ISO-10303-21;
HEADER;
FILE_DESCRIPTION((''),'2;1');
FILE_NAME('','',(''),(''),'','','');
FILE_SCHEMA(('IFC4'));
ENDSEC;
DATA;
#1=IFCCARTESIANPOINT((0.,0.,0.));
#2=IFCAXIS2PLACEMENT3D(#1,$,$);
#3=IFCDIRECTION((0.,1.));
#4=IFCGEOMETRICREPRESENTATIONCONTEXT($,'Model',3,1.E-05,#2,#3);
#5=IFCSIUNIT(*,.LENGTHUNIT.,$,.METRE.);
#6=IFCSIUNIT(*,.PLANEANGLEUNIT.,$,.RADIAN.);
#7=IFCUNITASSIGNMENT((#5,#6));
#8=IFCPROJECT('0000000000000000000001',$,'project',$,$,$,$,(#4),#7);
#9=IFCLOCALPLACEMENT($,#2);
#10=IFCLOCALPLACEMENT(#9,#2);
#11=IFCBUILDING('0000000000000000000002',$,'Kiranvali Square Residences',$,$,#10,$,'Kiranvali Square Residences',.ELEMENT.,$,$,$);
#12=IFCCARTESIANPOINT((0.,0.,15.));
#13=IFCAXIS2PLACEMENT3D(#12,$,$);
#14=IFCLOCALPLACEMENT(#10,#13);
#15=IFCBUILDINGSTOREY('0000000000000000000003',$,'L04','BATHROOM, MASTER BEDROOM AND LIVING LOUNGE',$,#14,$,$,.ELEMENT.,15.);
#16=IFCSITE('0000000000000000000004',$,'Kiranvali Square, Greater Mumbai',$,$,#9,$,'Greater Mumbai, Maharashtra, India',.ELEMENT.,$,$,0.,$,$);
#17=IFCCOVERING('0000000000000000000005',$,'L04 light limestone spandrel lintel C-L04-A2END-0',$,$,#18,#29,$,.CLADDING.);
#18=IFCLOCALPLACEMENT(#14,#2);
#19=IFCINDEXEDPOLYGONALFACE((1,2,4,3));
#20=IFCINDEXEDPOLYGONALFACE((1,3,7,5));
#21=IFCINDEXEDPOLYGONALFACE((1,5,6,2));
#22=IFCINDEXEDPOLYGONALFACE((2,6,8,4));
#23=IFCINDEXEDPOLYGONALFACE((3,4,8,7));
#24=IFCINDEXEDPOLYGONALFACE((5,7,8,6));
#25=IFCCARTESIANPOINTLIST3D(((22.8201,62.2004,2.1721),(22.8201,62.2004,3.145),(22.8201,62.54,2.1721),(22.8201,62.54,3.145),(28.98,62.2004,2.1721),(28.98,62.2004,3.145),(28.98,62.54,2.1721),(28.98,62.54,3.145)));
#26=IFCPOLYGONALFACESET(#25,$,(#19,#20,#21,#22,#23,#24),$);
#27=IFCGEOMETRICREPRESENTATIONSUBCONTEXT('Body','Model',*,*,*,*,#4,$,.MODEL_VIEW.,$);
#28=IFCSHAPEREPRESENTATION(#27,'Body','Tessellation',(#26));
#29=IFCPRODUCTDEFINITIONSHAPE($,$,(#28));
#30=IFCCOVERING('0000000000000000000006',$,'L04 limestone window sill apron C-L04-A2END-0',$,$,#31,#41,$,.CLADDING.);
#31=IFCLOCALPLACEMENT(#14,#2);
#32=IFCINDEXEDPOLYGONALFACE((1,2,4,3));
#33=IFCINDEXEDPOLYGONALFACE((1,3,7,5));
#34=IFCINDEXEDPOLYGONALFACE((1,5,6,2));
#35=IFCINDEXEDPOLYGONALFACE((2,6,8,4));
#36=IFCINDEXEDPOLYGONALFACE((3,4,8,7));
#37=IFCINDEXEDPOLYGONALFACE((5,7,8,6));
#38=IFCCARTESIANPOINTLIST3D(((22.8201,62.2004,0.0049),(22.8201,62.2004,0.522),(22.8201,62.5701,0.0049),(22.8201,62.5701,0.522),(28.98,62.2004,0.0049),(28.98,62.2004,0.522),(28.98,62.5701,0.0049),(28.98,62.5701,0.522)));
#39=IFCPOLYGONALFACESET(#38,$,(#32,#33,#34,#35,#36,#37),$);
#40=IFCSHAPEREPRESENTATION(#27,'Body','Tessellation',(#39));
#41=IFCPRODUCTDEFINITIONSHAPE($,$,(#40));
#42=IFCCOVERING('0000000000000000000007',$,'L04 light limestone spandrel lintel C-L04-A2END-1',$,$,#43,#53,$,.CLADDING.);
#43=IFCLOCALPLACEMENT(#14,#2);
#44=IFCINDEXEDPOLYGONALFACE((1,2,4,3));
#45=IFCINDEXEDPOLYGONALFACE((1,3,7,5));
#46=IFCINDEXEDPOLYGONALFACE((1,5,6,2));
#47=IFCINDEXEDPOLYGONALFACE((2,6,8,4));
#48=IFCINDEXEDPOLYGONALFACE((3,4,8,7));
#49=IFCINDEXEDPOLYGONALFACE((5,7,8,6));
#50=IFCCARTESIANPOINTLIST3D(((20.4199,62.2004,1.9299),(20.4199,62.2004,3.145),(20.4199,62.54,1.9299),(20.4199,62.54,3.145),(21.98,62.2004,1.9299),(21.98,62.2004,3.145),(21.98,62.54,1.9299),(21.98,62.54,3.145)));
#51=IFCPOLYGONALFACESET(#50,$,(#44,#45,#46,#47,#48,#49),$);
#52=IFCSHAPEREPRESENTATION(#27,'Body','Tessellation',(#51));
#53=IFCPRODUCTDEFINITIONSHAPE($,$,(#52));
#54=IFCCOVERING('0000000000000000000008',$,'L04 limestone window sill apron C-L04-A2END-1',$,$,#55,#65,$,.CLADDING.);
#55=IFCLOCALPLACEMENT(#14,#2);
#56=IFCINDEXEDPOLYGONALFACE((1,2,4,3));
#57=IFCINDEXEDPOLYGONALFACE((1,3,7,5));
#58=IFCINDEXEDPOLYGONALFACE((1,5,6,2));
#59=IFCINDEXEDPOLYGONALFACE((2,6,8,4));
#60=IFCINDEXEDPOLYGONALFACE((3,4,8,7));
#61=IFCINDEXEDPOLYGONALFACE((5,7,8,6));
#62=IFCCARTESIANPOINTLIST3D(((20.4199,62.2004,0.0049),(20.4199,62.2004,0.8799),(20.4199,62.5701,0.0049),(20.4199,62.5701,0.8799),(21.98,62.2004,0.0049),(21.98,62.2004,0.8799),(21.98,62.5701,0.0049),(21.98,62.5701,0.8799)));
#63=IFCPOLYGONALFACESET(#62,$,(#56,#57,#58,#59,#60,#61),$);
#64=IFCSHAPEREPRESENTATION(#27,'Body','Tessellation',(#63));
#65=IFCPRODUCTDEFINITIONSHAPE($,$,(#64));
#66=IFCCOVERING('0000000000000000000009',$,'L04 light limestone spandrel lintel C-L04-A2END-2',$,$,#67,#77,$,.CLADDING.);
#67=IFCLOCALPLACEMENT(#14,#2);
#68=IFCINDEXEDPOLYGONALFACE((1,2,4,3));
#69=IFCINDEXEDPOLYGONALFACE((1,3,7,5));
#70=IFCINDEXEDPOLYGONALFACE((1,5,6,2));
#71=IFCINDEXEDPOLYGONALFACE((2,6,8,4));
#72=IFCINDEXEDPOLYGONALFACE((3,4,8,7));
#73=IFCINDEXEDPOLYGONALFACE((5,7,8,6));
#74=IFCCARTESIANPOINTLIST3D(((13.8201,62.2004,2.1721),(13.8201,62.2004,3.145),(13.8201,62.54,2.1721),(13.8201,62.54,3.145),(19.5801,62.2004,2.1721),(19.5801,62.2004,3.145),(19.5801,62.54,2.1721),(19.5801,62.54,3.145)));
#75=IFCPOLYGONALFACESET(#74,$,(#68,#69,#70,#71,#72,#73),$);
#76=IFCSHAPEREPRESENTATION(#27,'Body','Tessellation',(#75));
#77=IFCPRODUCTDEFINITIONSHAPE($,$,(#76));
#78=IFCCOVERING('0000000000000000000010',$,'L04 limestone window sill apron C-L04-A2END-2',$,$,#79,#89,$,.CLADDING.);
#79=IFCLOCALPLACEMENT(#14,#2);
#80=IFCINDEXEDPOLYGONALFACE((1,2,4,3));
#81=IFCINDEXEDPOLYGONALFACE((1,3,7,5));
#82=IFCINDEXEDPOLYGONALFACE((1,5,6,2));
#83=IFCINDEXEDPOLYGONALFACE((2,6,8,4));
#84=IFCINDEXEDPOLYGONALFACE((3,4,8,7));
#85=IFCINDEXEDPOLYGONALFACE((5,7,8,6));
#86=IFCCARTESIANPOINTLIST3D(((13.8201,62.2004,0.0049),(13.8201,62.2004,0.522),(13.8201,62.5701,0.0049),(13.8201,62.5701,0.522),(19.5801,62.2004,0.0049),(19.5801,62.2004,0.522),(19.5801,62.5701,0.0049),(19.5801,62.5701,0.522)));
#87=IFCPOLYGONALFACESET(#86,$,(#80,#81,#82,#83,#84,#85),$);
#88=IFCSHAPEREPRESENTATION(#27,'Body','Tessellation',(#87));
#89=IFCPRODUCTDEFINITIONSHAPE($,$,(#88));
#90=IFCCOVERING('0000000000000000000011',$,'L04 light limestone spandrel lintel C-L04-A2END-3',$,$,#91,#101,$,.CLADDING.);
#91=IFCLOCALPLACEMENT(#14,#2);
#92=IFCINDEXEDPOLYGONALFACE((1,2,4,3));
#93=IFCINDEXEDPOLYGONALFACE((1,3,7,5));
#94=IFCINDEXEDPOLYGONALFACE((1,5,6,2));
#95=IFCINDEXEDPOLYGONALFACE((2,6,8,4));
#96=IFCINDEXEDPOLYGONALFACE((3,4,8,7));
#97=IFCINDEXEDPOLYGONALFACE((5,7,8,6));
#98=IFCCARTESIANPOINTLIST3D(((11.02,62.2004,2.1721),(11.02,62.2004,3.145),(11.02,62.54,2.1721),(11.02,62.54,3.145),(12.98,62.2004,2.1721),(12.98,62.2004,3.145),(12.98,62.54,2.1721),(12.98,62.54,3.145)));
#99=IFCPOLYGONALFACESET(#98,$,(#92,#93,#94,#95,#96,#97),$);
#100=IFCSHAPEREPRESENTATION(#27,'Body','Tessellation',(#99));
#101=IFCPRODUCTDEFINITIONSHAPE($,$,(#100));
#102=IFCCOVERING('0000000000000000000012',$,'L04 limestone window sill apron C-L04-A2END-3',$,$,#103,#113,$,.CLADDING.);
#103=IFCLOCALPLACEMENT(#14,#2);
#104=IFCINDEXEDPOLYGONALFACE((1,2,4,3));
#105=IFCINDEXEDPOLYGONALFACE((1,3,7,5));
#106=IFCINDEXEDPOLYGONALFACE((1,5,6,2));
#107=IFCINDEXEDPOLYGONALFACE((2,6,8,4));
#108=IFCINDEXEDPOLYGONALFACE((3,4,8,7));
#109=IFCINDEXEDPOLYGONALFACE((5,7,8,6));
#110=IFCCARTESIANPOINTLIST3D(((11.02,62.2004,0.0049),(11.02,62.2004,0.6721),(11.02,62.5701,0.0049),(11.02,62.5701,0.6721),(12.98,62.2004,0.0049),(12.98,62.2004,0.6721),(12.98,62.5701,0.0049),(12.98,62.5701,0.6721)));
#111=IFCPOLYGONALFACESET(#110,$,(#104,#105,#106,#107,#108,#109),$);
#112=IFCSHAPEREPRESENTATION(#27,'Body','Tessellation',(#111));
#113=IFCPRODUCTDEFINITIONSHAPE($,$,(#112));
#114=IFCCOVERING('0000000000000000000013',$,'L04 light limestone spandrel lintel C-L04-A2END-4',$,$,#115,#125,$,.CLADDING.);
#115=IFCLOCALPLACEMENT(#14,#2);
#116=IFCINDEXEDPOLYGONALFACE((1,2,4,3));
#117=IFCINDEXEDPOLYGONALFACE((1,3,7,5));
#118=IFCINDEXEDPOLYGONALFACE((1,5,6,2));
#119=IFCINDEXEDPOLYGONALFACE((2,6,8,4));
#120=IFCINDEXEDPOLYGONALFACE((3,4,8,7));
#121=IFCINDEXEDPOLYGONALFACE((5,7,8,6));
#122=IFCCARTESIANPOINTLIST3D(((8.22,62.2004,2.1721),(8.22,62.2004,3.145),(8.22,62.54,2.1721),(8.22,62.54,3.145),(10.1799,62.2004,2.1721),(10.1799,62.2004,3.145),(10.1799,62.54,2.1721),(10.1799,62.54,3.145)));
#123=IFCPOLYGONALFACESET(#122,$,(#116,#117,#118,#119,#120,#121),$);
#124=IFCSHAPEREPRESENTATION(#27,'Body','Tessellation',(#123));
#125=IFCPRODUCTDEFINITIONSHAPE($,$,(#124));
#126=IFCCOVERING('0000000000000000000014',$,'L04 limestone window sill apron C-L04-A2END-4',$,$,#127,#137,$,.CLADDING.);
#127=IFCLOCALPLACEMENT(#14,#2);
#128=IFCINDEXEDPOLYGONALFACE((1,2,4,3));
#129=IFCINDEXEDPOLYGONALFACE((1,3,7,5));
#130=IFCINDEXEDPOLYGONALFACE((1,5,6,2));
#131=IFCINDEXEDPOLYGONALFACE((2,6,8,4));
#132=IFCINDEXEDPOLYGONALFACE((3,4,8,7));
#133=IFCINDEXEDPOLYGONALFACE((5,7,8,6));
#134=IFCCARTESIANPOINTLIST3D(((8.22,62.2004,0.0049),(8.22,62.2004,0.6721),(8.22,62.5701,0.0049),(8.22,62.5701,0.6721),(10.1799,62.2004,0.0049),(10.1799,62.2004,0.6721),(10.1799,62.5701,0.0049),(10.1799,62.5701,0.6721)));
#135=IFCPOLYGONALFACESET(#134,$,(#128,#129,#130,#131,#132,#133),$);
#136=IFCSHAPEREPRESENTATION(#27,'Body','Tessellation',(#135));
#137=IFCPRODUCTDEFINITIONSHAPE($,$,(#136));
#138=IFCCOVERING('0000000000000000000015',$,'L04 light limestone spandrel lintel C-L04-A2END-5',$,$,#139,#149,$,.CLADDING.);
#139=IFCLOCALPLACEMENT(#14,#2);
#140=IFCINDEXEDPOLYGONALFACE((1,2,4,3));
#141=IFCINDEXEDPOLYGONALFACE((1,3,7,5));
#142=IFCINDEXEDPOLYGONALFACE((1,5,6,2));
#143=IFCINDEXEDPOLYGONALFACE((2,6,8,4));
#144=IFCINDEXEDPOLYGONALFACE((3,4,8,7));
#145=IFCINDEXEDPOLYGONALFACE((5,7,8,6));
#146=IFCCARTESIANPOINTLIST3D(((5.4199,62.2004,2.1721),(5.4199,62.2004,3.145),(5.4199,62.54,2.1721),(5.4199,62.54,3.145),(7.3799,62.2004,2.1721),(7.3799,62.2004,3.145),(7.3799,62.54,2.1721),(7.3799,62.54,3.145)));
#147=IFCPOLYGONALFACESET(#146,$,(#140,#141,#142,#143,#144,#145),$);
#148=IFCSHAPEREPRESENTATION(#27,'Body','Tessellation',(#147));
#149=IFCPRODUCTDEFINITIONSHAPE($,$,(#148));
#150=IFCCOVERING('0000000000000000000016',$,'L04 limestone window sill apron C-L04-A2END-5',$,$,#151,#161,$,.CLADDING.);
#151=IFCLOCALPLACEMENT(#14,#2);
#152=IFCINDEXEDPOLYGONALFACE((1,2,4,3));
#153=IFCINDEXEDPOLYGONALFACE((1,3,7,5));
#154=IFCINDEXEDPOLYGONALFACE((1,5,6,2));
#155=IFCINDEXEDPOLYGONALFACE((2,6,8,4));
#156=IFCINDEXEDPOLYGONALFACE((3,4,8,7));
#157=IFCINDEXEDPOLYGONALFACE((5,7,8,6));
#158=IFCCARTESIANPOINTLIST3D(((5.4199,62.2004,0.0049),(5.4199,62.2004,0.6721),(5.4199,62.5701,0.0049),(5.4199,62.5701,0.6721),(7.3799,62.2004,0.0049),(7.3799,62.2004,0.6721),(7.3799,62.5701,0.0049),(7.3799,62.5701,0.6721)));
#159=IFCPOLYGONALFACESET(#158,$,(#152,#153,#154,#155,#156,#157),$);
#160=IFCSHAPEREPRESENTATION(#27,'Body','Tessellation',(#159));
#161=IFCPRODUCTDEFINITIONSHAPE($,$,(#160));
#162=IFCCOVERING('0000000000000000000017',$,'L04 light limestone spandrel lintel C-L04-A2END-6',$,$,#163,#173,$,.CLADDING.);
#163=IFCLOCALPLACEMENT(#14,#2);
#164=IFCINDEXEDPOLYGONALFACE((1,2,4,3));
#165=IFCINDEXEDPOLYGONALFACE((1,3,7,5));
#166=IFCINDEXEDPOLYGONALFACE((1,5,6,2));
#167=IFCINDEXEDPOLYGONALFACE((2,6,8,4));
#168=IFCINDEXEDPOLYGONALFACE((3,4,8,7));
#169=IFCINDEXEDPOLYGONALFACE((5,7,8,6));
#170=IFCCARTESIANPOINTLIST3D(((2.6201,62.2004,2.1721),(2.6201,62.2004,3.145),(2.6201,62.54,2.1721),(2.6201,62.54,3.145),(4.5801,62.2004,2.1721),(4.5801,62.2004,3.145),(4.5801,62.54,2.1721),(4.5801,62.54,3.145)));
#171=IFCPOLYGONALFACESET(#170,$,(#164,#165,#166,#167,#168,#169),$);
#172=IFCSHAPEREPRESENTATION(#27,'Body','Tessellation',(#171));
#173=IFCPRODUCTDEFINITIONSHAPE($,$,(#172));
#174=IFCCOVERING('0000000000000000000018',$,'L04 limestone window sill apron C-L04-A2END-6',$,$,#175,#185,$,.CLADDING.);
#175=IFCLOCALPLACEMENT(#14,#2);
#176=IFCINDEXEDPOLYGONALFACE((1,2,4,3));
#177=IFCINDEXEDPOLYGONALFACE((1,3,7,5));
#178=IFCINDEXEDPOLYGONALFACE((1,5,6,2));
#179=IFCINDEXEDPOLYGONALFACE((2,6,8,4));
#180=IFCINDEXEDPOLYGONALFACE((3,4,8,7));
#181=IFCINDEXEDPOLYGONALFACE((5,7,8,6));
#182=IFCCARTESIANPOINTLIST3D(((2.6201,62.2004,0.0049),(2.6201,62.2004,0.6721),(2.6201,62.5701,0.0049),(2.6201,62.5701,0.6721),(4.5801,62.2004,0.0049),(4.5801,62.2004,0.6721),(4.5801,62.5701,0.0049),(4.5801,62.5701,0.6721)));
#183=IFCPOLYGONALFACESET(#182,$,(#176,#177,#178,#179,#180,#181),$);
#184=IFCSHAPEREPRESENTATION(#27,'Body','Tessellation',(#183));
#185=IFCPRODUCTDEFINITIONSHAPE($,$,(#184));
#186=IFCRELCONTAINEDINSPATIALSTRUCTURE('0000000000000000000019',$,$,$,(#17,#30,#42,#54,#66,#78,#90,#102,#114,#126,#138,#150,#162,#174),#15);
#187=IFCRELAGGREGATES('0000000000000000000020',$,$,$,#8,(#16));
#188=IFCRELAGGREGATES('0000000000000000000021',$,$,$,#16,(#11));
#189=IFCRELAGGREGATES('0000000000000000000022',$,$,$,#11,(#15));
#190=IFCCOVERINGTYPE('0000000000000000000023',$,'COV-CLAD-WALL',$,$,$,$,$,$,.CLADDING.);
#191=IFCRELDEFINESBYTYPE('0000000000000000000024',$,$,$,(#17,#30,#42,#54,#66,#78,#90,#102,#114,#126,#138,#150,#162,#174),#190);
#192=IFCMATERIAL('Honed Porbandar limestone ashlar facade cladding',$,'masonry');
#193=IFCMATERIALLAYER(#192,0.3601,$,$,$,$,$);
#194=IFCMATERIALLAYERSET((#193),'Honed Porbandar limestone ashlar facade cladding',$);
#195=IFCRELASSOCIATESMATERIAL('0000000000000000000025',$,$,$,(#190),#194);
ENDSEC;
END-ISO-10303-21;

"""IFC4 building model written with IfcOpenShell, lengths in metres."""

from ifc_helpers import new_model, si_unit, direction, frame, origin, place, context, subcontext, project, spatial, polyline, outline, extrude, material, layer, layer_set, type_object, element, save


model = new_model("IFC4")

# Units and contexts
model_context = context("Model", 3, precision=1e-05, world=origin(), true_north=direction((0.0, 1.0)))
body_context = subcontext(model_context, "Body", "Model", "MODEL_VIEW")
ifc_project = project(units=[si_unit("LENGTHUNIT", "METRE"), si_unit("PLANEANGLEUNIT", "RADIAN")], contexts=[model_context])

# Site, building, storey
site_placement = place(None, origin())
site = spatial("IfcSite", under=ifc_project, at=site_placement, Name="Kiranvali Square, Greater Mumbai", LongName="Greater Mumbai, Maharashtra, India", CompositionType="ELEMENT", RefElevation=0.0)
building_placement = place(site_placement, origin())
building = spatial("IfcBuilding", under=site, at=building_placement, Name="Kiranvali Square Residences", LongName="Kiranvali Square Residences", CompositionType="ELEMENT")
storey_placement = place(building_placement, frame((0.0, 0.0, 15.0)))
storey = spatial("IfcBuildingStorey", under=building, at=storey_placement, Name="L04", Description="BATHROOM, MASTER BEDROOM AND LIVING LOUNGE", CompositionType="ELEMENT", Elevation=15.0)

# Coverings
ifc_material_1 = material(Name="Honed Porbandar limestone ashlar facade cladding", Category="masonry")
ifc_layer_1 = layer(ifc_material_1, 0.3601)
ifc_layer_set_1 = layer_set([ifc_layer_1], Name="Honed Porbandar limestone ashlar facade cladding")
covering_type_1 = type_object("IfcCoveringType", Name="COV-CLAD-WALL", PredefinedType="CLADDING", material=ifc_layer_set_1)
covering_1_placement = place(storey_placement, frame((0.0, 0.0, 2.1721)))
element("IfcCovering", 1, at=covering_1_placement, inside=storey, type_object=covering_type_1, Name="L04 light limestone spandrel lintel C-L04-A2END-0", PredefinedType="CLADDING", context=body_context, shape_type="SweptSolid", body=[
    extrude(outline(polyline([(28.98, 62.54), (22.8201, 62.54), (22.8201, 62.2004), (28.98, 62.2004), (28.98, 62.54)])), origin(), (0.0, 0.0, 1.0), 0.9729),
])
covering_2_placement = place(storey_placement, frame((0.0, 0.0, 0.0049)))
element("IfcCovering", 2, at=covering_2_placement, inside=storey, type_object=covering_type_1, Name="L04 limestone window sill apron C-L04-A2END-0", PredefinedType="CLADDING", context=body_context, shape_type="SweptSolid", body=[
    extrude(outline(polyline([(28.98, 62.5701), (22.8201, 62.5701), (22.8201, 62.2004), (28.98, 62.2004), (28.98, 62.5701)])), origin(), (0.0, 0.0, 1.0), 0.5171),
])
covering_3_placement = place(storey_placement, frame((0.0, 0.0, 1.9299)))
element("IfcCovering", 3, at=covering_3_placement, inside=storey, type_object=covering_type_1, Name="L04 light limestone spandrel lintel C-L04-A2END-1", PredefinedType="CLADDING", context=body_context, shape_type="SweptSolid", body=[
    extrude(outline(polyline([(21.98, 62.54), (20.4199, 62.54), (20.4199, 62.2004), (21.98, 62.2004), (21.98, 62.54)])), origin(), (0.0, 0.0, 1.0), 1.2151),
])
covering_4_placement = place(storey_placement, frame((0.0, 0.0, 0.0049)))
element("IfcCovering", 4, at=covering_4_placement, inside=storey, type_object=covering_type_1, Name="L04 limestone window sill apron C-L04-A2END-1", PredefinedType="CLADDING", context=body_context, shape_type="SweptSolid", body=[
    extrude(outline(polyline([(21.98, 62.5701), (20.4199, 62.5701), (20.4199, 62.2004), (21.98, 62.2004), (21.98, 62.5701)])), origin(), (0.0, 0.0, 1.0), 0.875),
])
covering_5_placement = place(storey_placement, frame((0.0, 0.0, 2.1721)))
element("IfcCovering", 5, at=covering_5_placement, inside=storey, type_object=covering_type_1, Name="L04 light limestone spandrel lintel C-L04-A2END-2", PredefinedType="CLADDING", context=body_context, shape_type="SweptSolid", body=[
    extrude(outline(polyline([(19.5801, 62.54), (13.8201, 62.54), (13.8201, 62.2004), (19.5801, 62.2004), (19.5801, 62.54)])), origin(), (0.0, 0.0, 1.0), 0.9729),
])
covering_6_placement = place(storey_placement, frame((0.0, 0.0, 0.0049)))
element("IfcCovering", 6, at=covering_6_placement, inside=storey, type_object=covering_type_1, Name="L04 limestone window sill apron C-L04-A2END-2", PredefinedType="CLADDING", context=body_context, shape_type="SweptSolid", body=[
    extrude(outline(polyline([(19.5801, 62.5701), (13.8201, 62.5701), (13.8201, 62.2004), (19.5801, 62.2004), (19.5801, 62.5701)])), origin(), (0.0, 0.0, 1.0), 0.5171),
])
covering_7_placement = place(storey_placement, frame((0.0, 0.0, 2.1721)))
element("IfcCovering", 7, at=covering_7_placement, inside=storey, type_object=covering_type_1, Name="L04 light limestone spandrel lintel C-L04-A2END-3", PredefinedType="CLADDING", context=body_context, shape_type="SweptSolid", body=[
    extrude(outline(polyline([(12.98, 62.54), (11.02, 62.54), (11.02, 62.2004), (12.98, 62.2004), (12.98, 62.54)])), origin(), (0.0, 0.0, 1.0), 0.9729),
])
covering_8_placement = place(storey_placement, frame((0.0, 0.0, 0.0049)))
element("IfcCovering", 8, at=covering_8_placement, inside=storey, type_object=covering_type_1, Name="L04 limestone window sill apron C-L04-A2END-3", PredefinedType="CLADDING", context=body_context, shape_type="SweptSolid", body=[
    extrude(outline(polyline([(12.98, 62.5701), (11.02, 62.5701), (11.02, 62.2004), (12.98, 62.2004), (12.98, 62.5701)])), origin(), (0.0, 0.0, 1.0), 0.6672),
])
covering_9_placement = place(storey_placement, frame((0.0, 0.0, 2.1721)))
element("IfcCovering", 9, at=covering_9_placement, inside=storey, type_object=covering_type_1, Name="L04 light limestone spandrel lintel C-L04-A2END-4", PredefinedType="CLADDING", context=body_context, shape_type="SweptSolid", body=[
    extrude(outline(polyline([(10.1799, 62.54), (8.22, 62.54), (8.22, 62.2004), (10.1799, 62.2004), (10.1799, 62.54)])), origin(), (0.0, 0.0, 1.0), 0.9729),
])
covering_10_placement = place(storey_placement, frame((0.0, 0.0, 0.0049)))
element("IfcCovering", 10, at=covering_10_placement, inside=storey, type_object=covering_type_1, Name="L04 limestone window sill apron C-L04-A2END-4", PredefinedType="CLADDING", context=body_context, shape_type="SweptSolid", body=[
    extrude(outline(polyline([(10.1799, 62.5701), (8.22, 62.5701), (8.22, 62.2004), (10.1799, 62.2004), (10.1799, 62.5701)])), origin(), (0.0, 0.0, 1.0), 0.6672),
])
covering_11_placement = place(storey_placement, frame((0.0, 0.0, 2.1721)))
element("IfcCovering", 11, at=covering_11_placement, inside=storey, type_object=covering_type_1, Name="L04 light limestone spandrel lintel C-L04-A2END-5", PredefinedType="CLADDING", context=body_context, shape_type="SweptSolid", body=[
    extrude(outline(polyline([(7.3799, 62.54), (5.4199, 62.54), (5.4199, 62.2004), (7.3799, 62.2004), (7.3799, 62.54)])), origin(), (0.0, 0.0, 1.0), 0.9729),
])
covering_12_placement = place(storey_placement, frame((0.0, 0.0, 0.0049)))
element("IfcCovering", 12, at=covering_12_placement, inside=storey, type_object=covering_type_1, Name="L04 limestone window sill apron C-L04-A2END-5", PredefinedType="CLADDING", context=body_context, shape_type="SweptSolid", body=[
    extrude(outline(polyline([(7.3799, 62.5701), (5.4199, 62.5701), (5.4199, 62.2004), (7.3799, 62.2004), (7.3799, 62.5701)])), origin(), (0.0, 0.0, 1.0), 0.6672),
])
covering_13_placement = place(storey_placement, frame((0.0, 0.0, 2.1721)))
element("IfcCovering", 13, at=covering_13_placement, inside=storey, type_object=covering_type_1, Name="L04 light limestone spandrel lintel C-L04-A2END-6", PredefinedType="CLADDING", context=body_context, shape_type="SweptSolid", body=[
    extrude(outline(polyline([(4.5801, 62.54), (2.6201, 62.54), (2.6201, 62.2004), (4.5801, 62.2004), (4.5801, 62.54)])), origin(), (0.0, 0.0, 1.0), 0.9729),
])
covering_14_placement = place(storey_placement, frame((0.0, 0.0, 0.0049)))
element("IfcCovering", 14, at=covering_14_placement, inside=storey, type_object=covering_type_1, Name="L04 limestone window sill apron C-L04-A2END-6", PredefinedType="CLADDING", context=body_context, shape_type="SweptSolid", body=[
    extrude(outline(polyline([(4.5801, 62.5701), (2.6201, 62.5701), (2.6201, 62.2004), (4.5801, 62.2004), (4.5801, 62.5701)])), origin(), (0.0, 0.0, 1.0), 0.6672),
])

save(model, "model.ifc")
